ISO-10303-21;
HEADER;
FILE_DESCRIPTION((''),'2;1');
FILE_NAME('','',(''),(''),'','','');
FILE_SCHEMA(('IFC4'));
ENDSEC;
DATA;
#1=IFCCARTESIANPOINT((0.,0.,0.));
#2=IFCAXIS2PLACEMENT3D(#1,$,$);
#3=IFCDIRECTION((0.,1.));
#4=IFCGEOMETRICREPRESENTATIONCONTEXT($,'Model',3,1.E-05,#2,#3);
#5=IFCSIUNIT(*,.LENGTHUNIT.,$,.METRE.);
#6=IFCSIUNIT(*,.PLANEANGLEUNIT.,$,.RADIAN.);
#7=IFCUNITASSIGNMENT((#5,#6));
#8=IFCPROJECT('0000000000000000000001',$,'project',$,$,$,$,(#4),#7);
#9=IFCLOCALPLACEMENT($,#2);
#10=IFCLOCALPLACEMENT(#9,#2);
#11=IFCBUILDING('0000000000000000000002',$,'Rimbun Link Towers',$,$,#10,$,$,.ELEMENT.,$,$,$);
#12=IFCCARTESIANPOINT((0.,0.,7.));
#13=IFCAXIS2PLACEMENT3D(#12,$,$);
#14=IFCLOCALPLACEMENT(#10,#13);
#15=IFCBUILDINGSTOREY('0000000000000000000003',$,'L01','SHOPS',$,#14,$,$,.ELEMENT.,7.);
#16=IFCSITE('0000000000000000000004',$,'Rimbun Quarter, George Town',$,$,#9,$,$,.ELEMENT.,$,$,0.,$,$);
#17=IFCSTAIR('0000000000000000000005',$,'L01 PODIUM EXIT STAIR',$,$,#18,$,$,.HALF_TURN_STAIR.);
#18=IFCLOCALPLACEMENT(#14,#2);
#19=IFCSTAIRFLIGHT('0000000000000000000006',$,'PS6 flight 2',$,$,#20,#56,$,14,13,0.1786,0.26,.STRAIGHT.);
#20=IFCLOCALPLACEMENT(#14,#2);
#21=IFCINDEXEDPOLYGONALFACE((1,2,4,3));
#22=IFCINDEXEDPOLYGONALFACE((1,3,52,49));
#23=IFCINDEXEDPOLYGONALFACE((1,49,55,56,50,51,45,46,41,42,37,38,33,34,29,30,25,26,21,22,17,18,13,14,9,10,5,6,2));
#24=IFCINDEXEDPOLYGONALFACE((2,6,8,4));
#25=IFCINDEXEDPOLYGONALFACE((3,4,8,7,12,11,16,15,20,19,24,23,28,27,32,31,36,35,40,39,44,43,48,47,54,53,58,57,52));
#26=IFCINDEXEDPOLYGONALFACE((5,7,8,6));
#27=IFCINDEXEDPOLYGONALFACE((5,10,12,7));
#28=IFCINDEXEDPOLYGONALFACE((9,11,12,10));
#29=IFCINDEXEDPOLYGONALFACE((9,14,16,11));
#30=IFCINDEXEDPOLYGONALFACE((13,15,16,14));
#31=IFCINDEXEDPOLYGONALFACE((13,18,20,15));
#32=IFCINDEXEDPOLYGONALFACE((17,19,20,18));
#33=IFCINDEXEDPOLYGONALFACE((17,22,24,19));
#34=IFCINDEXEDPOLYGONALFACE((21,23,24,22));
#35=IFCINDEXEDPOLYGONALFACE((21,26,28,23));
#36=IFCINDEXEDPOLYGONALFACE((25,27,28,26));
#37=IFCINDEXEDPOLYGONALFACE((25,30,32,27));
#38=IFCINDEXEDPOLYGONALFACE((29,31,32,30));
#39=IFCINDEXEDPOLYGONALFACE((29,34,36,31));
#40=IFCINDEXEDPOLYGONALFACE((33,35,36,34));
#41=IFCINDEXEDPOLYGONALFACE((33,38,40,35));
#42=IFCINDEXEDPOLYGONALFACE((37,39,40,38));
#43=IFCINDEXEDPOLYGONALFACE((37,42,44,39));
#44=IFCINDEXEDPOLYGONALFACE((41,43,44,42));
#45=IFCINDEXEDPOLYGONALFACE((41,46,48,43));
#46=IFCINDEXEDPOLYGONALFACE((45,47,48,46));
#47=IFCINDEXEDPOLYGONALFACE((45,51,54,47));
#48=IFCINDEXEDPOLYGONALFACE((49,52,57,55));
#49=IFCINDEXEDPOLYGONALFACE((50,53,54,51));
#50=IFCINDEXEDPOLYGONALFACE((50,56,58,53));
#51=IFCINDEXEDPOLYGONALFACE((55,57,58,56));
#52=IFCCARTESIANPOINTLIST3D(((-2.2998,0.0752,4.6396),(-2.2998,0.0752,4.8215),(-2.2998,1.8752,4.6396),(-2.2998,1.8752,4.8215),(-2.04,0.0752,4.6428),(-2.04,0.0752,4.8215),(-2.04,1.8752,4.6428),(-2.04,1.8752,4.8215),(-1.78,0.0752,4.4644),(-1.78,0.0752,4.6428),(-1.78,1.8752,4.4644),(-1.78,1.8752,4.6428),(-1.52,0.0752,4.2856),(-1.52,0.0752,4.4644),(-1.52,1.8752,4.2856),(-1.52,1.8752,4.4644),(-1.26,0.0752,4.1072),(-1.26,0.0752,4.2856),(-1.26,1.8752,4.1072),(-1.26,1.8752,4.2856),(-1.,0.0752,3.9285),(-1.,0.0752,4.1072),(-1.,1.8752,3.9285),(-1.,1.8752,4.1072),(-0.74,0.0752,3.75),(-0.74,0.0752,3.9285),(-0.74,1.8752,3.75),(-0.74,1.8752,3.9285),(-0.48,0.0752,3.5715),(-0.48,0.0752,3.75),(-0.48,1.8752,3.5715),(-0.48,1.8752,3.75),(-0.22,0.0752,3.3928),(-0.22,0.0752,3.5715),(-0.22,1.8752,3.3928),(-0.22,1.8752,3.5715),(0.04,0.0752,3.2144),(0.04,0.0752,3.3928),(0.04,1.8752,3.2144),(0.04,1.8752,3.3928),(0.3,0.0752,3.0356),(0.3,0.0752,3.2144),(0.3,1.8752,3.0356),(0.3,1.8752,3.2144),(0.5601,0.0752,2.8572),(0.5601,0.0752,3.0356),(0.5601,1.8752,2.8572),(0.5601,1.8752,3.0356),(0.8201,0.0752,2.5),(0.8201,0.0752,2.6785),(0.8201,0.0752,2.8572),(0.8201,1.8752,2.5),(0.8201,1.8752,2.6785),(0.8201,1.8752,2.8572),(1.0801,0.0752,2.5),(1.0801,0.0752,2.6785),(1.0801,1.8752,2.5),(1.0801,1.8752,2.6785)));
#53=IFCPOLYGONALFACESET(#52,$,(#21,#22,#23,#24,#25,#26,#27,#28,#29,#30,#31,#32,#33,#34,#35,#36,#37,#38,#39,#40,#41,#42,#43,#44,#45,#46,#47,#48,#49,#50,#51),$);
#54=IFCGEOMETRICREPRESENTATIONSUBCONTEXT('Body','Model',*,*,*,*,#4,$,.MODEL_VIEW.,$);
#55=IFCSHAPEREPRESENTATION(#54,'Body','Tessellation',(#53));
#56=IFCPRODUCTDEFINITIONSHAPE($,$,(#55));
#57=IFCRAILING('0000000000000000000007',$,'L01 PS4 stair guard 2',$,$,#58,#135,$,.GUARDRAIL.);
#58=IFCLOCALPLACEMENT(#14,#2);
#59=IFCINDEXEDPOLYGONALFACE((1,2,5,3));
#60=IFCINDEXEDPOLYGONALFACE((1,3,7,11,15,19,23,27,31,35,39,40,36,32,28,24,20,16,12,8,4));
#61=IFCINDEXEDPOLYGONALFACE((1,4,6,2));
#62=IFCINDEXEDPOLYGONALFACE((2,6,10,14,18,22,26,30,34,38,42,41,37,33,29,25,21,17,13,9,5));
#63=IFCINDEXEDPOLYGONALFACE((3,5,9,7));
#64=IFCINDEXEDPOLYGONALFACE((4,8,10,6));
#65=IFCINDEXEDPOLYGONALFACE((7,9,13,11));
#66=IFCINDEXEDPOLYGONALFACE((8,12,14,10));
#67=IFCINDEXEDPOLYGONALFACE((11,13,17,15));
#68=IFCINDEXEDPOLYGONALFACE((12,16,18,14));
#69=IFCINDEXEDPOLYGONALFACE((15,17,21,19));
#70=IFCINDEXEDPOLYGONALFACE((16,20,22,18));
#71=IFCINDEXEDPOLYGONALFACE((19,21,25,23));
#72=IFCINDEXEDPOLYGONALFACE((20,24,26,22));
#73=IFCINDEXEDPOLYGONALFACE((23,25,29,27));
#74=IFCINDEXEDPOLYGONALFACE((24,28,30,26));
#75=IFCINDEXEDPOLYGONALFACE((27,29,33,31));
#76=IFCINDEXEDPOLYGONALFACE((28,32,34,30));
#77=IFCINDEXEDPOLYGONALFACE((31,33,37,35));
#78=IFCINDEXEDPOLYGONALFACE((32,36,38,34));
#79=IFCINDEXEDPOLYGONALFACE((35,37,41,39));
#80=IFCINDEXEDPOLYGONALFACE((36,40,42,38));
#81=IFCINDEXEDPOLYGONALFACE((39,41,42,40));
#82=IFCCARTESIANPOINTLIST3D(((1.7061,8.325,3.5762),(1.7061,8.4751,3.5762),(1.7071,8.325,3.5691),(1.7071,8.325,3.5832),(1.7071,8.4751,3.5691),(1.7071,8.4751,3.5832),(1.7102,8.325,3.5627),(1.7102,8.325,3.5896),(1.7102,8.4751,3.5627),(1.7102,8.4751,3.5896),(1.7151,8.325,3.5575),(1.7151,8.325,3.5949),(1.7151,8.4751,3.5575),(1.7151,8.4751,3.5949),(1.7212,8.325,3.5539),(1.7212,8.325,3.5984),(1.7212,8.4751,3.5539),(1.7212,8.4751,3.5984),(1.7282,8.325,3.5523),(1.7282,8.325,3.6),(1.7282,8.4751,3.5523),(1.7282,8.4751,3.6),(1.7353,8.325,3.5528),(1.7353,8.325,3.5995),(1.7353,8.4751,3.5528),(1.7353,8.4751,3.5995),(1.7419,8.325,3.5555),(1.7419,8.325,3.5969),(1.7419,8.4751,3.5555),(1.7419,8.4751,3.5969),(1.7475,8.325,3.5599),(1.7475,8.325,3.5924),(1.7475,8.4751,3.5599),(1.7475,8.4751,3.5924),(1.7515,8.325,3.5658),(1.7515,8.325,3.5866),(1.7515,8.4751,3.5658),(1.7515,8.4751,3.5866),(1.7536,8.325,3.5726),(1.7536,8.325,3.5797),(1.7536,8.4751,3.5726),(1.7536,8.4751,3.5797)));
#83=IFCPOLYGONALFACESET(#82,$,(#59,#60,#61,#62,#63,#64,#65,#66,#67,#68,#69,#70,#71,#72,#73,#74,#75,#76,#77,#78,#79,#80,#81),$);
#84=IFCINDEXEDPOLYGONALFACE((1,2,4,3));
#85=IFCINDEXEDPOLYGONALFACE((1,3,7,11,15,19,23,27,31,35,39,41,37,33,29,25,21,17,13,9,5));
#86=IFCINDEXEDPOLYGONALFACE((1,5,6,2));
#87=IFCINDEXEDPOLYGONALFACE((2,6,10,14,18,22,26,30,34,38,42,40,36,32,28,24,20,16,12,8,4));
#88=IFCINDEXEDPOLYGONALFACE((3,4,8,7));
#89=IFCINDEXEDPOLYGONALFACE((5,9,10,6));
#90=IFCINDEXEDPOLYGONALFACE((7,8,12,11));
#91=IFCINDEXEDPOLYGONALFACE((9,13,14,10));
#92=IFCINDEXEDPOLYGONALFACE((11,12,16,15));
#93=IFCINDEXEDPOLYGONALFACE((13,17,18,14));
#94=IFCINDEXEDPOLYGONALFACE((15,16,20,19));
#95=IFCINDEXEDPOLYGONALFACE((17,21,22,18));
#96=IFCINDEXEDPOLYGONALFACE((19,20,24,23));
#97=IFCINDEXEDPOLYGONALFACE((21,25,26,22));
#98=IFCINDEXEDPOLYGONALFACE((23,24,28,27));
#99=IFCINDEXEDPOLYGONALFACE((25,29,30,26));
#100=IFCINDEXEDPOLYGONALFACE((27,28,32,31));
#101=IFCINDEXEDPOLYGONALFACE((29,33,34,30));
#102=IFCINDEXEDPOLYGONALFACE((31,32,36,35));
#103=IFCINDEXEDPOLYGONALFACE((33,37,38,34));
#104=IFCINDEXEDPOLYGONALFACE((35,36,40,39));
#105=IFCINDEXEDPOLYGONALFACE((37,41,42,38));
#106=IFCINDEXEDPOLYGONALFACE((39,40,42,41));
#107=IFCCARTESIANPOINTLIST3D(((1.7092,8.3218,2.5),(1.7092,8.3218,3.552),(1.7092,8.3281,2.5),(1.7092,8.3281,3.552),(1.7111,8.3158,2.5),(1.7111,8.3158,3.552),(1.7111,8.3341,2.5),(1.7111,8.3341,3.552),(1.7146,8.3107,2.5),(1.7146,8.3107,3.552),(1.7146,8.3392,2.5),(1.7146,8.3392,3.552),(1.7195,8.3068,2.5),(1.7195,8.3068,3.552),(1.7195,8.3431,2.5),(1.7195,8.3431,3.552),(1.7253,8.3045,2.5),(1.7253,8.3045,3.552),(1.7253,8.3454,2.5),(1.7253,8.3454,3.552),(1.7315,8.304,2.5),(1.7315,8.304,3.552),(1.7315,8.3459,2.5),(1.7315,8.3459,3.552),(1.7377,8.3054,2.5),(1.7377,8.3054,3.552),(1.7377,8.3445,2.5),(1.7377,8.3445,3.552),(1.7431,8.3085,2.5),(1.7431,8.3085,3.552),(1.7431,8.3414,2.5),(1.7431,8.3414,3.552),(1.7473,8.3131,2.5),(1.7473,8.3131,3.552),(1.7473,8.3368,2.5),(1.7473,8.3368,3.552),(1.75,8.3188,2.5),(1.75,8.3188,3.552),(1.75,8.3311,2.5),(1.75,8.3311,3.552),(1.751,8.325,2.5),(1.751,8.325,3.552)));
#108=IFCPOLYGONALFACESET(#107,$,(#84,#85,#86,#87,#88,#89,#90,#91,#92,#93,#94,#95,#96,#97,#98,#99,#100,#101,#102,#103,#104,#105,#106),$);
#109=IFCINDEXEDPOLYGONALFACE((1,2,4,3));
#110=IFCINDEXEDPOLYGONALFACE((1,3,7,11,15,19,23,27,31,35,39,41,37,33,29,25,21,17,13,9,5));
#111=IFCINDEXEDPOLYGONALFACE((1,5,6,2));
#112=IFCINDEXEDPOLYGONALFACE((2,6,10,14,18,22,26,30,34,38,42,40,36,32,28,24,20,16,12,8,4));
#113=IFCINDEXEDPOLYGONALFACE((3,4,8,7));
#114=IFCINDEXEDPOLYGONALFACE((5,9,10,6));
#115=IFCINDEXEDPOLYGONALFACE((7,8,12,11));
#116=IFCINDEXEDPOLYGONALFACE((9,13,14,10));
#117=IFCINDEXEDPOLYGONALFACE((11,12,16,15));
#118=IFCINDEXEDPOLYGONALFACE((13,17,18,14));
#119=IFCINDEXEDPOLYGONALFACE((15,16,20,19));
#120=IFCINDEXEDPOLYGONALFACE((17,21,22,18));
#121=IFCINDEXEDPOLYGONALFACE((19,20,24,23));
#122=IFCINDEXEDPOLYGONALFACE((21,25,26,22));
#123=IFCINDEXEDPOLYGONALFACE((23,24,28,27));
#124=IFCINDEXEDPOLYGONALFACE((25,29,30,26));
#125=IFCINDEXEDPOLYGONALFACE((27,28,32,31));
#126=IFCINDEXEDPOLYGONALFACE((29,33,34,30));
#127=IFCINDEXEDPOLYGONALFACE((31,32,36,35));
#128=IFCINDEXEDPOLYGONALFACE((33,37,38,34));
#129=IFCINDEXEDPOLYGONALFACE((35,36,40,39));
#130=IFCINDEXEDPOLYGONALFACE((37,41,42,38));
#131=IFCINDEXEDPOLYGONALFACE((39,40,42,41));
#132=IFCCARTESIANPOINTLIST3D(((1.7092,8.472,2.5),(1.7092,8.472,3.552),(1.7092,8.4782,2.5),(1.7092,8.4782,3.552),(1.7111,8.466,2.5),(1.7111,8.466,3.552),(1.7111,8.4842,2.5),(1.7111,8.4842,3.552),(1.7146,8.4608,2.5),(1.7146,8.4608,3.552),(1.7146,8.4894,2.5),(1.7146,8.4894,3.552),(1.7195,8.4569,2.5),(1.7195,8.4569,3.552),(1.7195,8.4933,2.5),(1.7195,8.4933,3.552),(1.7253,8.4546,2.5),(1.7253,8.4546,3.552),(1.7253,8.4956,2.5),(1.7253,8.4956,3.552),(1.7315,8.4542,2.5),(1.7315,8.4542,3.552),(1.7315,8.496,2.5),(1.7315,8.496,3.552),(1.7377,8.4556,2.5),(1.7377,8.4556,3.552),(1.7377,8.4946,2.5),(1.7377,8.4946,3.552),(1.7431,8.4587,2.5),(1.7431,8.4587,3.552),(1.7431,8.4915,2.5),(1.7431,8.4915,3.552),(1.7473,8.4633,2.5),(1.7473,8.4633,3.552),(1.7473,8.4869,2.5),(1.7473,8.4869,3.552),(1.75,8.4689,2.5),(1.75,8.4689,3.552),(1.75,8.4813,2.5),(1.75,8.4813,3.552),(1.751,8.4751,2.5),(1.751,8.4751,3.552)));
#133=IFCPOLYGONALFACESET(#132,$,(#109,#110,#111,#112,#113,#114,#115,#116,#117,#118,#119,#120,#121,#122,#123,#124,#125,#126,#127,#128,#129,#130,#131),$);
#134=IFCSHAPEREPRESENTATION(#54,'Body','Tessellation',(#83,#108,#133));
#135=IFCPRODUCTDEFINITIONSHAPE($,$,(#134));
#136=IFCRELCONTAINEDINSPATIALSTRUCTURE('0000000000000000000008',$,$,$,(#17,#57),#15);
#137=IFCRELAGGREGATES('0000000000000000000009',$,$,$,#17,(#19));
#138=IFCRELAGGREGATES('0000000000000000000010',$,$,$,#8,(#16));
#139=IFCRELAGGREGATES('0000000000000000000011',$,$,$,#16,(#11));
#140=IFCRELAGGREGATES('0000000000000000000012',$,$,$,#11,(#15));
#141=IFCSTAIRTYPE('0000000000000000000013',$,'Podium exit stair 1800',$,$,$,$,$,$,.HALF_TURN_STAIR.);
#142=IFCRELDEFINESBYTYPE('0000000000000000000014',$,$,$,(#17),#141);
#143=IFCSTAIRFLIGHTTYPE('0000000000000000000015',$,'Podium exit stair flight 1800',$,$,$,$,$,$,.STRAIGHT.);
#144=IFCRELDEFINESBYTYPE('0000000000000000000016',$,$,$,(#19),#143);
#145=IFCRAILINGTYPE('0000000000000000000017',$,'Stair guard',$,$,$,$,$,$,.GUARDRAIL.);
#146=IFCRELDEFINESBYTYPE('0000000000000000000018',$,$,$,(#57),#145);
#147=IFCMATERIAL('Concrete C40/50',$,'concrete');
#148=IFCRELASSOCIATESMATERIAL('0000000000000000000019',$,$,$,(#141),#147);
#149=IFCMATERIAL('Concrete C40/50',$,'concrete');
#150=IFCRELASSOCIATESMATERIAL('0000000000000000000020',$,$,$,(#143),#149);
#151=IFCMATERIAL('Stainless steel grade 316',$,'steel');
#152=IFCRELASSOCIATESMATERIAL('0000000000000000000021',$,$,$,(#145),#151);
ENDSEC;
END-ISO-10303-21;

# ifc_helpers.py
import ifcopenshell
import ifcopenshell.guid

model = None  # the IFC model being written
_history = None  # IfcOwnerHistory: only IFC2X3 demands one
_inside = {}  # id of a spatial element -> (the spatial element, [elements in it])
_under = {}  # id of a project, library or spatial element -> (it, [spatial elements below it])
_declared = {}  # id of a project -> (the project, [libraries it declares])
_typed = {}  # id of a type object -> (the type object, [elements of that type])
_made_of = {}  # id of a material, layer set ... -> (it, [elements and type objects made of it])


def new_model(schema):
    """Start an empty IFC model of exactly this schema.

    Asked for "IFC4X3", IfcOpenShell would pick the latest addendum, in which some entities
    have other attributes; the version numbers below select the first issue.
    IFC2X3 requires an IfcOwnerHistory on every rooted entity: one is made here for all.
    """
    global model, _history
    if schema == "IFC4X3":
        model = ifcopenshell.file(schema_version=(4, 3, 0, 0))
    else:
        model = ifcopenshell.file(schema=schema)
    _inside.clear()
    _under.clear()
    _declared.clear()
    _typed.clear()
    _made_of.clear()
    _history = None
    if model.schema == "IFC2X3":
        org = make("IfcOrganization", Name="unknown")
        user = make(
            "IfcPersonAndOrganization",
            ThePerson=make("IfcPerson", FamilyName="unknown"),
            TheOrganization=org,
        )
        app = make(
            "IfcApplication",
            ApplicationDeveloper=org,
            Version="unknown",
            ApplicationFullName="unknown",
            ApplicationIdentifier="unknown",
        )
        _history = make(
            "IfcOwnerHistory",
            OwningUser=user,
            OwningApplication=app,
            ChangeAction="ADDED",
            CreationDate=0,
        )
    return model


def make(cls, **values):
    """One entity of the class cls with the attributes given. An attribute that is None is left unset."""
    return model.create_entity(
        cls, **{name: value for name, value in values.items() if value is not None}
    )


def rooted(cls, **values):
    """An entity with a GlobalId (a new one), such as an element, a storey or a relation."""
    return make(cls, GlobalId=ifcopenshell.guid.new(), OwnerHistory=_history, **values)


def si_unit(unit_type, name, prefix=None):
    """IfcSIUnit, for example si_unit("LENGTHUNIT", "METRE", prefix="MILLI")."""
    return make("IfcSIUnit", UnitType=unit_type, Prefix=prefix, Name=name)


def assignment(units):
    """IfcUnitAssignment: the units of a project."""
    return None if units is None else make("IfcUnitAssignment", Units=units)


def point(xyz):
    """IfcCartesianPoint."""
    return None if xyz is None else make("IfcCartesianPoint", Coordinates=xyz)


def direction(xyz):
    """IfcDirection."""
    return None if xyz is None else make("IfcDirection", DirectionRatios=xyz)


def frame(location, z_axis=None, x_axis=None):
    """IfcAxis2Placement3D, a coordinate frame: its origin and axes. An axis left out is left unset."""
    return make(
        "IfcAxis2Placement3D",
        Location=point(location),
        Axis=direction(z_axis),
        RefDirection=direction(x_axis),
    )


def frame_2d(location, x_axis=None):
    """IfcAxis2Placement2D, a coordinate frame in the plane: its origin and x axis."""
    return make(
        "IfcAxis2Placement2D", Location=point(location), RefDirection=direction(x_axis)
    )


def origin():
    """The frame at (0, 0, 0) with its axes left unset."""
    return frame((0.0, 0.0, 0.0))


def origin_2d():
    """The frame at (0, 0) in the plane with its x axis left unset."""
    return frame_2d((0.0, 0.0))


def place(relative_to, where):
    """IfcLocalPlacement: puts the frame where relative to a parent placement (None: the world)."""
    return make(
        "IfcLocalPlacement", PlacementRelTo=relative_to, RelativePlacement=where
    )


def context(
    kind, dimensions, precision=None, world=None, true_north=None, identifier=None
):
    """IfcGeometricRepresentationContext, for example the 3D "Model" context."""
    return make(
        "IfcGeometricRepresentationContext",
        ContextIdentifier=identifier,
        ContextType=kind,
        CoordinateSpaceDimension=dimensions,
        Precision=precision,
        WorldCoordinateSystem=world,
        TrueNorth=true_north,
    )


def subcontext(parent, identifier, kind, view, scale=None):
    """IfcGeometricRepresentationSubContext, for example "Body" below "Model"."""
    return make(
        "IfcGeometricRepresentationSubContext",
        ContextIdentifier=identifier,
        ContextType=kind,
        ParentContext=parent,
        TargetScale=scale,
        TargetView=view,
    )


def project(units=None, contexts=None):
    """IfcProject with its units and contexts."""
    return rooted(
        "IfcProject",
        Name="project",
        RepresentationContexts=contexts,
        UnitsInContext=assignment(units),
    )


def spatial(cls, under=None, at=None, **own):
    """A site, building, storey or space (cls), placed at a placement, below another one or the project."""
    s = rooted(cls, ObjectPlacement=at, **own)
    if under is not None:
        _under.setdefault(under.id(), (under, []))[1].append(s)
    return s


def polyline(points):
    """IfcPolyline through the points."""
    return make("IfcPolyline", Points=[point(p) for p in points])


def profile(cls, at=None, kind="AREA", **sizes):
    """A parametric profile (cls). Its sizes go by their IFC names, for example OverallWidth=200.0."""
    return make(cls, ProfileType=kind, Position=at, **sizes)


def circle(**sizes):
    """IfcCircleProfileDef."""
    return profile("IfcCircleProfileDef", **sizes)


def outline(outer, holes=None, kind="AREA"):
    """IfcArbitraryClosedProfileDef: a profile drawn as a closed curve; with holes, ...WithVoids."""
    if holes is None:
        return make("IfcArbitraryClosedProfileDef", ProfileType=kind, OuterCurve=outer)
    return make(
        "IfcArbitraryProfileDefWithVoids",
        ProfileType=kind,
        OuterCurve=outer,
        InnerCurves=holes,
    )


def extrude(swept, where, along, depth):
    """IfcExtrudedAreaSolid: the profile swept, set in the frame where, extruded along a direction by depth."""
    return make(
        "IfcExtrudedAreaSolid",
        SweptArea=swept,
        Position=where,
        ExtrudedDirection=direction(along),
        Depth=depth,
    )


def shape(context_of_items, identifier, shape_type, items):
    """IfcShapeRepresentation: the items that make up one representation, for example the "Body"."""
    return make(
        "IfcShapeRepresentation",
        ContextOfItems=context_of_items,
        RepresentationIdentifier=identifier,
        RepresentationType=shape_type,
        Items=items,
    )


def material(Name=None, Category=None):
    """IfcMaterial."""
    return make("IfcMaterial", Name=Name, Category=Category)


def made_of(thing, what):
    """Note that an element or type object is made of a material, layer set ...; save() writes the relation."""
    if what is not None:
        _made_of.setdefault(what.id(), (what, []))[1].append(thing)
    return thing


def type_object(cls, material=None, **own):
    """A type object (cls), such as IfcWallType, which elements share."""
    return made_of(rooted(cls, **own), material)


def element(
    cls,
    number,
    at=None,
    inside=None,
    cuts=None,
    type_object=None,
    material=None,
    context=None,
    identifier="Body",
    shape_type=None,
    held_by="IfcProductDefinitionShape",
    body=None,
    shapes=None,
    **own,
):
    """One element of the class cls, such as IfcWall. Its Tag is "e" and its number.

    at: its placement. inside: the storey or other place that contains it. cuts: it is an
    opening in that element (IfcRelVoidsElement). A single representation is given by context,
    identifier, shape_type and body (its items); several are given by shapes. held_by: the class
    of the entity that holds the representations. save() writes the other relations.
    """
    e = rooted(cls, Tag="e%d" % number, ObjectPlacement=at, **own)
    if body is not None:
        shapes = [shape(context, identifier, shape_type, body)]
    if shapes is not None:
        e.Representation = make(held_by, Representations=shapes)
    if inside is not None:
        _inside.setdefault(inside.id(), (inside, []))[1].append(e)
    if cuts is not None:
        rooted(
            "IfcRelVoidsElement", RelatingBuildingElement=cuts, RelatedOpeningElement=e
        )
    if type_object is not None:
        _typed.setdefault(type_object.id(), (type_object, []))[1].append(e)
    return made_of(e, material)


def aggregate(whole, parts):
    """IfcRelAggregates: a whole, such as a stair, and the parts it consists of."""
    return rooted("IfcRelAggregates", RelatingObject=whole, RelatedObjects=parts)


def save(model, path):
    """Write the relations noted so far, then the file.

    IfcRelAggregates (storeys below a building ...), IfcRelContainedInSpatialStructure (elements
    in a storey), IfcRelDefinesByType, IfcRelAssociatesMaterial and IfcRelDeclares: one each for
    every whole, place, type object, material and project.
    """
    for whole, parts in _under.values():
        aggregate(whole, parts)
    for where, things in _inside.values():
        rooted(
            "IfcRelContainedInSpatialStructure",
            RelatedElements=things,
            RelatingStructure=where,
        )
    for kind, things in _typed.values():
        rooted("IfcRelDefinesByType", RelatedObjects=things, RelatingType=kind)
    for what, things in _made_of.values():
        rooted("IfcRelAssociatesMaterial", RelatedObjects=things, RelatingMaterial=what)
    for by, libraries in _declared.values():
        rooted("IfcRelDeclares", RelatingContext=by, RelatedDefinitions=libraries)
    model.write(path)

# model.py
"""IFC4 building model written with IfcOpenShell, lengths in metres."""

from ifc_helpers import new_model, si_unit, direction, frame, origin, origin_2d, place, context, subcontext, project, spatial, polyline, circle, outline, extrude, material, type_object, element, aggregate, save


model = new_model("IFC4")

# Units and contexts
model_context = context("Model", 3, precision=1e-05, world=origin(), true_north=direction((0.0, 1.0)))
body_context = subcontext(model_context, "Body", "Model", "MODEL_VIEW")
ifc_project = project(units=[si_unit("LENGTHUNIT", "METRE"), si_unit("PLANEANGLEUNIT", "RADIAN")], contexts=[model_context])

# Site, building, storey
site_placement = place(None, origin())
site = spatial("IfcSite", under=ifc_project, at=site_placement, Name="Rimbun Quarter, George Town", CompositionType="ELEMENT", RefElevation=0.0)
building_placement = place(site_placement, origin())
building = spatial("IfcBuilding", under=site, at=building_placement, Name="Rimbun Link Towers", CompositionType="ELEMENT")
storey_placement = place(building_placement, frame((0.0, 0.0, 7.0)))
storey = spatial("IfcBuildingStorey", under=building, at=storey_placement, Name="L01", Description="SHOPS", CompositionType="ELEMENT", Elevation=7.0)

# Stair
ifc_material_1 = material(Name="Concrete C40/50", Category="concrete")
stair_type_1 = type_object("IfcStairType", Name="Podium exit stair 1800", PredefinedType="HALF_TURN_STAIR", material=ifc_material_1)
stair_1_placement = place(storey_placement, origin())
stair_1 = element("IfcStair", 1, at=stair_1_placement, inside=storey, type_object=stair_type_1, Name="L01 PODIUM EXIT STAIR", PredefinedType="HALF_TURN_STAIR")

# Stair flight
ifc_material_2 = material(Name="Concrete C40/50", Category="concrete")
stair_flight_type = type_object("IfcStairFlightType", Name="Podium exit stair flight 1800", PredefinedType="STRAIGHT", material=ifc_material_2)
stair_flight_1_placement = place(storey_placement, frame((1.0801, 0.9751, 2.5), z_axis=(0.0, 0.0, 1.0), x_axis=(-1.0, 0.0, 0.0)))
stair_flight_1 = element("IfcStairFlight", 2, at=stair_flight_1_placement, type_object=stair_flight_type, Name="PS6 flight 2", NumberOfRisers=14, NumberOfTreads=13, PredefinedType="STRAIGHT", RiserHeight=0.1786, TreadLength=0.26, context=body_context, shape_type="SweptSolid", body=[
    extrude(outline(polyline([(0.0, 0.0), (0.0, 0.1785), (0.26, 0.1785), (0.26, 0.3572), (0.52, 0.3572), (0.52, 0.5356), (0.78, 0.5356), (0.78, 0.7144), (1.04, 0.7144), (1.04, 0.8928), (1.3, 0.8928), (1.3, 1.0715), (1.5601, 1.0715), (1.5601, 1.25), (1.8201, 1.25), (1.8201, 1.4285), (2.0801, 1.4285), (2.0801, 1.6072), (2.3401, 1.6072), (2.3401, 1.7856), (2.6001, 1.7856), (2.6001, 1.9644), (2.8601, 1.9644), (2.8601, 2.1428), (3.1201, 2.1428), (3.1201, 2.3215), (3.3799, 2.3215), (3.3799, 2.5), (3.3799, 2.1396), (0.26, 0.0), (0.0, 0.0)])), frame((0.0, 0.8999, 0.0), z_axis=(0.0, -1.0, 0.0), x_axis=(1.0, 0.0, 0.0)), (0.0, 0.0, 1.0), 1.8),
])
aggregate(stair_1, [stair_flight_1])

# Railing
ifc_material_3 = material(Name="Stainless steel grade 316", Category="steel")
railing_type_1 = type_object("IfcRailingType", Name="Stair guard", PredefinedType="GUARDRAIL", material=ifc_material_3)
railing_1_placement = place(storey_placement, frame((1.73, 8.325, 2.5)))
element("IfcRailing", 3, at=railing_1_placement, inside=storey, type_object=railing_type_1, Name="L01 PS4 stair guard 2", PredefinedType="GUARDRAIL", context=body_context, shape_type="SweptSolid", body=[
    extrude(circle(Radius=0.0239, at=origin_2d()), frame((0.0, 0.0, 1.0762), z_axis=(0.0, 1.0, 0.0), x_axis=(-1.0, 0.0, 0.0)), (0.0, 0.0, 1.0), 0.1501),
    extrude(circle(Radius=0.021, at=origin_2d()), origin(), (0.0, 0.0, 1.0), 1.052),
    extrude(circle(Radius=0.021, at=origin_2d()), frame((0.0, 0.1501, 0.0)), (0.0, 0.0, 1.0), 1.052),
])

save(model, "model.ifc")
